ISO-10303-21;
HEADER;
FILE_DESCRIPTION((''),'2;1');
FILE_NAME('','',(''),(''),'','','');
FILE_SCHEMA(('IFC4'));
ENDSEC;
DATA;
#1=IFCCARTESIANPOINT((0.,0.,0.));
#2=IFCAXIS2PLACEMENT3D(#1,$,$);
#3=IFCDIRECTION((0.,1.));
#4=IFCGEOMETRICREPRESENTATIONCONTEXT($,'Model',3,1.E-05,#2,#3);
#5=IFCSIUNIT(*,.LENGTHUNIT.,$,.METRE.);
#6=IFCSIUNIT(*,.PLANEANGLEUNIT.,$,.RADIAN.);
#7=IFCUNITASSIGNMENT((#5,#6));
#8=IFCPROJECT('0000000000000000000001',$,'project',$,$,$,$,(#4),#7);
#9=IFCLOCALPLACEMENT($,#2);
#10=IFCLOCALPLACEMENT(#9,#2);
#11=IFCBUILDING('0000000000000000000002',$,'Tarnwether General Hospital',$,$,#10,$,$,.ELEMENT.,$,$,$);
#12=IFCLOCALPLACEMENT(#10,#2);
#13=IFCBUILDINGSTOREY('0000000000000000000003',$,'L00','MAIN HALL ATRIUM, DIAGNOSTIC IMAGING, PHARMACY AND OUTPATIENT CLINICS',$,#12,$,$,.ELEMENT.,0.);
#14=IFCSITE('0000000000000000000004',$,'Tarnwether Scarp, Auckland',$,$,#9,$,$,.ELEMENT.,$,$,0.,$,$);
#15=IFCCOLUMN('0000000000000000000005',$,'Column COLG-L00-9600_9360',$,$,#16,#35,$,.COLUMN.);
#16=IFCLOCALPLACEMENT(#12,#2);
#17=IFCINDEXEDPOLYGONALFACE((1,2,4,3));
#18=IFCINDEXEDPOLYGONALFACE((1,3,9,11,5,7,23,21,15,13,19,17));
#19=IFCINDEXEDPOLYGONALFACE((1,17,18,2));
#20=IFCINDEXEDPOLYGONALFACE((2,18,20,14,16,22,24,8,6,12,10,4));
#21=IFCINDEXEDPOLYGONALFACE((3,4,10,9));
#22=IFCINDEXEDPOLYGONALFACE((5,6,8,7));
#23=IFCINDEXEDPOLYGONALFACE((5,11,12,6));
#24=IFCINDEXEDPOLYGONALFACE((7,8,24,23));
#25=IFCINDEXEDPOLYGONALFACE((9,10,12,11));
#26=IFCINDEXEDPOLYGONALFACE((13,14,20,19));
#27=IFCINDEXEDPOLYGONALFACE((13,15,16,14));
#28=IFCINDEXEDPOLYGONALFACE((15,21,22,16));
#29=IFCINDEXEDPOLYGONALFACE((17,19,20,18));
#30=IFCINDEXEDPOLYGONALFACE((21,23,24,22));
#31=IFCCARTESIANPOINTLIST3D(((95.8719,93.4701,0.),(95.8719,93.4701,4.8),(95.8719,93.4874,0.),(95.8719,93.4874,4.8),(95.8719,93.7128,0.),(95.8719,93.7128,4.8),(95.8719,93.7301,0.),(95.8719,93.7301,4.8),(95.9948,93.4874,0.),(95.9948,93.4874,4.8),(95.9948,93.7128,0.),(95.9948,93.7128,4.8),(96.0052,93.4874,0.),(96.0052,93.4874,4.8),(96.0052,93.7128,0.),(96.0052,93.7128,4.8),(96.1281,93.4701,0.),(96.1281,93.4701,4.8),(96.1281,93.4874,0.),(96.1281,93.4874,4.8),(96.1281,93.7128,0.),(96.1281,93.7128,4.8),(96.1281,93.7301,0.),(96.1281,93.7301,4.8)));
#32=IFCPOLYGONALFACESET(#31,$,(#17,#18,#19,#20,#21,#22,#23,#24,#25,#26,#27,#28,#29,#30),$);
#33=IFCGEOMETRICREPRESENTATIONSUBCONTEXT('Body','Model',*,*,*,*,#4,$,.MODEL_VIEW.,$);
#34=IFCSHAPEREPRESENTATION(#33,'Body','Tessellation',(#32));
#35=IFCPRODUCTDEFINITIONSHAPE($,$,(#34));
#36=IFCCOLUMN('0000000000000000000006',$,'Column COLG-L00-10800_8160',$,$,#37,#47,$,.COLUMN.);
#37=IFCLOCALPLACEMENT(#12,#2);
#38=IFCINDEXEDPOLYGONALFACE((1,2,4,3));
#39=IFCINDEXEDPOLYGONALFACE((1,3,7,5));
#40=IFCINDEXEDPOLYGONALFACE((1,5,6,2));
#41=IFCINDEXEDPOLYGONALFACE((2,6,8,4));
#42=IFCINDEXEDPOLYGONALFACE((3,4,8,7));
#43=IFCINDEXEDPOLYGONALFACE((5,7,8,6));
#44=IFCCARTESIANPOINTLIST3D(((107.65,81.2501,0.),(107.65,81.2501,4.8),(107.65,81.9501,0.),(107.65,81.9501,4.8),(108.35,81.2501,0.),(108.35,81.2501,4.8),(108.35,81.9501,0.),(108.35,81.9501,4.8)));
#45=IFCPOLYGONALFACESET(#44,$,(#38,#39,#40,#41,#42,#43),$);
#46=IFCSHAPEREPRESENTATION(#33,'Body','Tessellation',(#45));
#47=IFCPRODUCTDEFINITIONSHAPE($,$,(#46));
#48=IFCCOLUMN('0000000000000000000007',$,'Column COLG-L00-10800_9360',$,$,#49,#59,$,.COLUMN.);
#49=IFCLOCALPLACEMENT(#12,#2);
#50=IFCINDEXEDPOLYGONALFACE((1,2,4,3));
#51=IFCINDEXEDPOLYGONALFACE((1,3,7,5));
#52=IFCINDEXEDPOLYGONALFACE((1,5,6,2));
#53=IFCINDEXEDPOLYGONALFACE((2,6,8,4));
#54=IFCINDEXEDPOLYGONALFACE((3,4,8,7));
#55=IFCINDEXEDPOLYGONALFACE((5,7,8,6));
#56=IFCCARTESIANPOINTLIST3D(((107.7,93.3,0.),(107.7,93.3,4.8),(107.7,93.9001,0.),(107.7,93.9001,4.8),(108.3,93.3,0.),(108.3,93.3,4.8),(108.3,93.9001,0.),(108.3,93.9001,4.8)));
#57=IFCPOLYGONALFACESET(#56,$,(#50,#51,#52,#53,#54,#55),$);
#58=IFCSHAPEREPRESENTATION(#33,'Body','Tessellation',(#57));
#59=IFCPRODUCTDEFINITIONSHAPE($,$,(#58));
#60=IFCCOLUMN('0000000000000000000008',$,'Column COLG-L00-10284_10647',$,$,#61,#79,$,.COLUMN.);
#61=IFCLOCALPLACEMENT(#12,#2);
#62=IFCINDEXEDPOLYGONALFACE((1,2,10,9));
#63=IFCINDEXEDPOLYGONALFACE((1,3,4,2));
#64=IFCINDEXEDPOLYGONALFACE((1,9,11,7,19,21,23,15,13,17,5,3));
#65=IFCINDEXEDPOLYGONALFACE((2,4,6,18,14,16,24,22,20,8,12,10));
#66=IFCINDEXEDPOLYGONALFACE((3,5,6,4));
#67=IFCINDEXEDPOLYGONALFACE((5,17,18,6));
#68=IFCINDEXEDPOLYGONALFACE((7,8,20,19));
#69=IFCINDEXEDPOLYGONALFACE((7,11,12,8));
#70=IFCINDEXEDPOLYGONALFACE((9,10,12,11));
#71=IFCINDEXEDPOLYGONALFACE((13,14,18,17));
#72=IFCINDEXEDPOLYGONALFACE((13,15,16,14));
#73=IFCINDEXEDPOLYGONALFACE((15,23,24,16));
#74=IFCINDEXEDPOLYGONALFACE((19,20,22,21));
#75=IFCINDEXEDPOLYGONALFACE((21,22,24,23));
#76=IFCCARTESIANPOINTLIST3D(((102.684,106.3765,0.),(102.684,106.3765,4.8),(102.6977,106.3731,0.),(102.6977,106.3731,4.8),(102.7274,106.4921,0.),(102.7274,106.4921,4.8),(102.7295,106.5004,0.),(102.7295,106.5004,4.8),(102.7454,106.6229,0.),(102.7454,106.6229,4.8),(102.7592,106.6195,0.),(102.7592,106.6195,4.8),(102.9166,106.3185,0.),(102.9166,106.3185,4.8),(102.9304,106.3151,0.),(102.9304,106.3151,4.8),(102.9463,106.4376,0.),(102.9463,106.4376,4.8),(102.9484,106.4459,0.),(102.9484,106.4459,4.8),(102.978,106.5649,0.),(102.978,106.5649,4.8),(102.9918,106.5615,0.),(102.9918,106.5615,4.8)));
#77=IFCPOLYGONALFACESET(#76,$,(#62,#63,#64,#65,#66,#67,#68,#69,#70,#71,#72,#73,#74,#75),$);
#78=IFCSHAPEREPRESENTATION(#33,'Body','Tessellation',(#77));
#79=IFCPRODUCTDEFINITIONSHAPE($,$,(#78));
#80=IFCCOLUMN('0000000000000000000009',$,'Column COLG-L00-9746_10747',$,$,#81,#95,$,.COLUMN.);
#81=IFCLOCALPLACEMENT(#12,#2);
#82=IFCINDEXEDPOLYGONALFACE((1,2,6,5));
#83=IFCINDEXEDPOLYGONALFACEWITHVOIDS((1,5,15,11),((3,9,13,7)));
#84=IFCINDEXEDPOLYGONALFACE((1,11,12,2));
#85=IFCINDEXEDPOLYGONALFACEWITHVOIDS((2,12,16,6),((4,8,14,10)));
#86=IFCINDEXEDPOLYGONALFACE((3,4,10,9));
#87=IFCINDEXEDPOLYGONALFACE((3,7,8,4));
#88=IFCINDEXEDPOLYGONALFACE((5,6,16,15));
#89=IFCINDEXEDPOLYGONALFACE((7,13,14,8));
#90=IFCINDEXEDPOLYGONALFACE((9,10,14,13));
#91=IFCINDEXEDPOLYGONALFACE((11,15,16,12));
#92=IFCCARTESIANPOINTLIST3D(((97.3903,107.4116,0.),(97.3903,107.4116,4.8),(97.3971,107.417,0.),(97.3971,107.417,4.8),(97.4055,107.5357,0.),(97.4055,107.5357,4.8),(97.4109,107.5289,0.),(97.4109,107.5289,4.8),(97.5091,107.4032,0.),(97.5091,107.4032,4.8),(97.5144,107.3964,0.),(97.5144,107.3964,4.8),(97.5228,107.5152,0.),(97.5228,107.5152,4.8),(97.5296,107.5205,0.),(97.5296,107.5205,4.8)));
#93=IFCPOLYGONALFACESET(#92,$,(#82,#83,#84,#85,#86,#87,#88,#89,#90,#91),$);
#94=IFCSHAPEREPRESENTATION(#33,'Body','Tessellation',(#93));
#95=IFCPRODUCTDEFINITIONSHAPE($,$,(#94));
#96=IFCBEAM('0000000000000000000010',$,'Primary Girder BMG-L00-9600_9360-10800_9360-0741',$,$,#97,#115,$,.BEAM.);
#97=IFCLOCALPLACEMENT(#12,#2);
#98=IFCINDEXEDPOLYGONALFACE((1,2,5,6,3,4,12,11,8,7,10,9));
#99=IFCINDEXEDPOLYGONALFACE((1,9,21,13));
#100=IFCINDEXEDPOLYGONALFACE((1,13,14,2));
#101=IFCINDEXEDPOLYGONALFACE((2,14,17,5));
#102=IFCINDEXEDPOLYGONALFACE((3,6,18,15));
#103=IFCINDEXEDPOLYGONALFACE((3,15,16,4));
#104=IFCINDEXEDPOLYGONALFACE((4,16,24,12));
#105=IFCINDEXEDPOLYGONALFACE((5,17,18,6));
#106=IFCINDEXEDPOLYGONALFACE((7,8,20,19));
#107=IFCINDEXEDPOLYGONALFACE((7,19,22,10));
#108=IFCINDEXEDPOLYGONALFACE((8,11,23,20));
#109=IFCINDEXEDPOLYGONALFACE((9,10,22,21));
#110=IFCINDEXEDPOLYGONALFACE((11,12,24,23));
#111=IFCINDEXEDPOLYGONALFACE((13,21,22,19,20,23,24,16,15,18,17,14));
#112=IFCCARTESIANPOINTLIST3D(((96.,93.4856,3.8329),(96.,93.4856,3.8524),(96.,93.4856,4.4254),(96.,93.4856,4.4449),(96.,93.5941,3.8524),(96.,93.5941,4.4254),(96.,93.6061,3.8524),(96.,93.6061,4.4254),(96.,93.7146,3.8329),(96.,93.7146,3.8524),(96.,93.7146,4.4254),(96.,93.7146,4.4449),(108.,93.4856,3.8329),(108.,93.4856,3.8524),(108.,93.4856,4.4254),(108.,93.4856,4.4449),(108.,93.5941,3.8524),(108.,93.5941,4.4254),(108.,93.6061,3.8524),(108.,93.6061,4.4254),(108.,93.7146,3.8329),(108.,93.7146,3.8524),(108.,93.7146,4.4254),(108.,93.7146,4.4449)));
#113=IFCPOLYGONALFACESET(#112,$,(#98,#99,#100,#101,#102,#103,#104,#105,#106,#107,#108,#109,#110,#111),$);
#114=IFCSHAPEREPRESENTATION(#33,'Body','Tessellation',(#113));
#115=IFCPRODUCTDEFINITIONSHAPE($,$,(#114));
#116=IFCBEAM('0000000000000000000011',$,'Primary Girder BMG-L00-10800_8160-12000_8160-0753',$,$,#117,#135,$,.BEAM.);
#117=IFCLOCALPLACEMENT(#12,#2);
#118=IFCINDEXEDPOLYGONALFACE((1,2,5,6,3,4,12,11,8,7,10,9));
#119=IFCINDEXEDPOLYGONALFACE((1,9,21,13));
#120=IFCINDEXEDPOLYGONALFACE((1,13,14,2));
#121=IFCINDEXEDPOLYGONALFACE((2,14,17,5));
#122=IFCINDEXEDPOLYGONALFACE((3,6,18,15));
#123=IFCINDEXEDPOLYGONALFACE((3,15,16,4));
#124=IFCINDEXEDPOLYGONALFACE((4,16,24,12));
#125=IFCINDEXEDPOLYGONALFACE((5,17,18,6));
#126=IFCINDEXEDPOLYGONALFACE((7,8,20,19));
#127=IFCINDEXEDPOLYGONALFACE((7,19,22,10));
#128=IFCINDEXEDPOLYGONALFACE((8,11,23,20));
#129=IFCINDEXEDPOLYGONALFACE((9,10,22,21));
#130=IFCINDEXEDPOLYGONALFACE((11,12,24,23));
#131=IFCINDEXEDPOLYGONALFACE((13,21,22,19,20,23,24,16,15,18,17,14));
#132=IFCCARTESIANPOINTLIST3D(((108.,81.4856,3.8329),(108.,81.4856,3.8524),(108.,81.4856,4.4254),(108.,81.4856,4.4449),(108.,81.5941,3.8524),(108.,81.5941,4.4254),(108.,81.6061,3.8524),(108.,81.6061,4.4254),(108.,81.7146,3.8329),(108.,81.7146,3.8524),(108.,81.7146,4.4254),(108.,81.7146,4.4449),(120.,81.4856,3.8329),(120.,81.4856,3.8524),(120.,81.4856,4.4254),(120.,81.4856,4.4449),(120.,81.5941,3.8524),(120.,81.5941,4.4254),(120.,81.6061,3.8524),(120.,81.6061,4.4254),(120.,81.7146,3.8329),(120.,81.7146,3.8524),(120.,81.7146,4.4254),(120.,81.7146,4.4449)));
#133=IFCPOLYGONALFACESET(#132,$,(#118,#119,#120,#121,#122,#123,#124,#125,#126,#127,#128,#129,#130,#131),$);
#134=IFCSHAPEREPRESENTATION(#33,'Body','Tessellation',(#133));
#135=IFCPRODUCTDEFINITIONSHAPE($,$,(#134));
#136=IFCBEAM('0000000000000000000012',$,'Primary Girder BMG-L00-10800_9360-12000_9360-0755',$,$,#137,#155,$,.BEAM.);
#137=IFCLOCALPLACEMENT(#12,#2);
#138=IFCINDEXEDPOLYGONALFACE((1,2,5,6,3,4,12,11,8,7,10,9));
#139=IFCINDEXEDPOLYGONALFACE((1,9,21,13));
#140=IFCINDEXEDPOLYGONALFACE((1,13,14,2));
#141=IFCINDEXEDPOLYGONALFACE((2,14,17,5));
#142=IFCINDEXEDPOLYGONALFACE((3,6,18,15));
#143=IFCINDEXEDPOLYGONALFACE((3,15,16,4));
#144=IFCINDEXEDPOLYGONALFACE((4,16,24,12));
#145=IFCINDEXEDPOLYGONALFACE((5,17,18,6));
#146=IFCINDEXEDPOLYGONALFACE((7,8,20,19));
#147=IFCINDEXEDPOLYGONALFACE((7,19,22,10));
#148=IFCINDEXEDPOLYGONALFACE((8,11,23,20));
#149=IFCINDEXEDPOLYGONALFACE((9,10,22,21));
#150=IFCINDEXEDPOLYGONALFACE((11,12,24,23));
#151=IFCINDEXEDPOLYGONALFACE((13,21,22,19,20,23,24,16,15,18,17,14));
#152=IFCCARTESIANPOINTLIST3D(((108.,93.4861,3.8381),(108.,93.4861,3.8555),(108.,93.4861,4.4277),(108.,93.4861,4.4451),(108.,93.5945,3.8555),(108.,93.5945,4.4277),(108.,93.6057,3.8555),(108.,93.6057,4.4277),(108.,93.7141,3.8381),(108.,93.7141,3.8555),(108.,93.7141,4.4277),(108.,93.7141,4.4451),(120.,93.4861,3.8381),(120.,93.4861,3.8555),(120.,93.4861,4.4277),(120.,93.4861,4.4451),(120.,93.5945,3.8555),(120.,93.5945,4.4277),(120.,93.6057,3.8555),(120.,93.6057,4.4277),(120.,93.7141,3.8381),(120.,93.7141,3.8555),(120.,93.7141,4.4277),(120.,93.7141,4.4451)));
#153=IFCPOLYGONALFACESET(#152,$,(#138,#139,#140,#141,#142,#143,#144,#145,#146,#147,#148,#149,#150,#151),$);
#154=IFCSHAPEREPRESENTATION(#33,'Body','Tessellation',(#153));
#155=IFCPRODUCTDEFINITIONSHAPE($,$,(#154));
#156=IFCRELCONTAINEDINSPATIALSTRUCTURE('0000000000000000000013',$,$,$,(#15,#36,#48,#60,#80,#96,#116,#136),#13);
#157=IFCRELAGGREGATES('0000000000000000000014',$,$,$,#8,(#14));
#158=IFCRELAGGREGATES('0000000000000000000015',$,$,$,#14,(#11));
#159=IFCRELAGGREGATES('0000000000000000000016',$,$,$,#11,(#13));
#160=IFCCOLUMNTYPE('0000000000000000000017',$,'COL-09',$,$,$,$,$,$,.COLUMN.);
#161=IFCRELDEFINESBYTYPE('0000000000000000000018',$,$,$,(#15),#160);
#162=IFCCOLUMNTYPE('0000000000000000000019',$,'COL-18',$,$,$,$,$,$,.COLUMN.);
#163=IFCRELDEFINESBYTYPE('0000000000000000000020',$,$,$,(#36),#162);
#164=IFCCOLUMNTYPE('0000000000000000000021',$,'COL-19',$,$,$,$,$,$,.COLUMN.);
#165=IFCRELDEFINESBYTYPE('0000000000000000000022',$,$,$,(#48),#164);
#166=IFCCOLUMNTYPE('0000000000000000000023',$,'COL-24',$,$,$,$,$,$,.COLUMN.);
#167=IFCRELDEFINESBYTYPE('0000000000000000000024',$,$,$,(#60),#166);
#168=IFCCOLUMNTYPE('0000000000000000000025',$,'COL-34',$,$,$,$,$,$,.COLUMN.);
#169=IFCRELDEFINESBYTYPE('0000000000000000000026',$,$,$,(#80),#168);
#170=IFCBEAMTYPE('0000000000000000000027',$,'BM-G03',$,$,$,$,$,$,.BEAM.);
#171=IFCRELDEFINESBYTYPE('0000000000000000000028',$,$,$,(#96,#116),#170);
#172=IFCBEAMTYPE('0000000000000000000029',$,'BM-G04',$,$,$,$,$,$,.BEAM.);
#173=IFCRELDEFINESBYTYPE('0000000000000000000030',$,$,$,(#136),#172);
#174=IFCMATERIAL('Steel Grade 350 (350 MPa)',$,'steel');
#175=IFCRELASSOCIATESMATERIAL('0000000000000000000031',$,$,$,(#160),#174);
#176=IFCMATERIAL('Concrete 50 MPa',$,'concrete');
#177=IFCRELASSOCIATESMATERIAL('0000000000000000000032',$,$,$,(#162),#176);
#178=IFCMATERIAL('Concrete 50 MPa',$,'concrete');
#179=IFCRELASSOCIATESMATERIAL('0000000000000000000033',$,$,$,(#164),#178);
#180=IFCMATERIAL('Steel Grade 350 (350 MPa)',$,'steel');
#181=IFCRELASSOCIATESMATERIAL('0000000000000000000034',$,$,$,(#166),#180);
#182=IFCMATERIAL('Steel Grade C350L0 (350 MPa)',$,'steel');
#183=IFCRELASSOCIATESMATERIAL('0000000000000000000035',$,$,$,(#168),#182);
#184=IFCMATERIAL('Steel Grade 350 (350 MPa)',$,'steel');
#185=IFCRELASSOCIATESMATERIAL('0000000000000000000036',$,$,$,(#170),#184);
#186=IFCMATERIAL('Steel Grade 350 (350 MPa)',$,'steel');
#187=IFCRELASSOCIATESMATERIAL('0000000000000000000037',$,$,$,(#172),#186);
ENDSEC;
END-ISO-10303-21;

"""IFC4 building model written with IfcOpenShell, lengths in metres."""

from ifc_helpers import new_model, si_unit, direction, frame, origin, origin_2d, place, context, subcontext, project, spatial, rectangle, hollow_rectangle, i_section, extrude, material, material_profile, profile_set, type_object, element, save


model = new_model("IFC4")

# Units and contexts
model_context = context("Model", 3, precision=1e-05, world=origin(), true_north=direction((0.0, 1.0)))
body_context = subcontext(model_context, "Body", "Model", "MODEL_VIEW")
ifc_project = project(units=[si_unit("LENGTHUNIT", "METRE"), si_unit("PLANEANGLEUNIT", "RADIAN")], contexts=[model_context])

# Site, building, storey
site_placement = place(None, origin())
site = spatial("IfcSite", under=ifc_project, at=site_placement, Name="Tarnwether Scarp, Auckland", CompositionType="ELEMENT", RefElevation=0.0)
building_placement = place(site_placement, origin())
building = spatial("IfcBuilding", under=site, at=building_placement, Name="Tarnwether General Hospital", CompositionType="ELEMENT")
storey_placement = place(building_placement, origin())
storey = spatial("IfcBuildingStorey", under=building, at=storey_placement, Name="L00", Description="MAIN HALL ATRIUM, DIAGNOSTIC IMAGING, PHARMACY AND OUTPATIENT CLINICS", CompositionType="ELEMENT", Elevation=0.0)

# Columns
ifc_material_1 = material(Name="Steel Grade 350 (350 MPa)", Category="steel")
ifc_material_profile_1 = material_profile(ifc_material_1, i_section(OverallWidth=0.2561, OverallDepth=0.26, WebThickness=0.0105, FlangeThickness=0.0173, at=origin_2d()), Name="250UC89.5")
ifc_profile_set_1 = profile_set([ifc_material_profile_1], Name="Steel Grade 350 (350 MPa)")
column_type_1 = type_object("IfcColumnType", Name="COL-09", PredefinedType="COLUMN", material=ifc_profile_set_1)
column_1_placement = place(storey_placement, frame((96.0, 93.6001, 0.0), z_axis=(0.0, 0.0, 1.0), x_axis=(1.0, 0.0, 0.0)))
element("IfcColumn", 1, at=column_1_placement, inside=storey, type_object=column_type_1, Name="Column COLG-L00-9600_9360", PredefinedType="COLUMN", context=body_context, shape_type="SweptSolid", body=[
    extrude(i_section(OverallWidth=0.2561, OverallDepth=0.26, WebThickness=0.0105, FlangeThickness=0.0173, at=origin_2d()), origin(), (0.0, 0.0, 1.0), 4.8),
])
ifc_material_2 = material(Name="Concrete 50 MPa", Category="concrete")
ifc_material_profile_2 = material_profile(ifc_material_2, rectangle(XDim=0.7, YDim=0.7, at=origin_2d()), Name="RC-COL-700x700")
ifc_profile_set_2 = profile_set([ifc_material_profile_2], Name="Concrete 50 MPa")
column_type_2 = type_object("IfcColumnType", Name="COL-18", PredefinedType="COLUMN", material=ifc_profile_set_2)
column_2_placement = place(storey_placement, frame((108.0, 81.6001, 0.0), z_axis=(0.0, 0.0, 1.0), x_axis=(0.0, 1.0, 0.0)))
element("IfcColumn", 2, at=column_2_placement, inside=storey, type_object=column_type_2, Name="Column COLG-L00-10800_8160", PredefinedType="COLUMN", context=body_context, shape_type="SweptSolid", body=[
    extrude(rectangle(XDim=0.7, YDim=0.7, at=origin_2d()), origin(), (0.0, 0.0, 1.0), 4.8),
])
ifc_material_3 = material(Name="Concrete 50 MPa", Category="concrete")
ifc_material_profile_3 = material_profile(ifc_material_3, rectangle(XDim=0.6001, YDim=0.6001, at=origin_2d()), Name="RC-COL-600x600")
ifc_profile_set_3 = profile_set([ifc_material_profile_3], Name="Concrete 50 MPa")
column_type_3 = type_object("IfcColumnType", Name="COL-19", PredefinedType="COLUMN", material=ifc_profile_set_3)
column_3_placement = place(storey_placement, frame((108.0, 93.6001, 0.0), z_axis=(0.0, 0.0, 1.0), x_axis=(0.0, 1.0, 0.0)))
element("IfcColumn", 3, at=column_3_placement, inside=storey, type_object=column_type_3, Name="Column COLG-L00-10800_9360", PredefinedType="COLUMN", context=body_context, shape_type="SweptSolid", body=[
    extrude(rectangle(XDim=0.6001, YDim=0.6001, at=origin_2d()), origin(), (0.0, 0.0, 1.0), 4.8),
])
ifc_material_4 = material(Name="Steel Grade 350 (350 MPa)", Category="steel")
ifc_material_profile_4 = material_profile(ifc_material_4, i_section(OverallWidth=0.2539, OverallDepth=0.2539, WebThickness=0.0085, FlangeThickness=0.0142, at=origin_2d()), Name="250UC72.9")
ifc_profile_set_4 = profile_set([ifc_material_profile_4], Name="Steel Grade 350 (350 MPa)")
column_type_4 = type_object("IfcColumnType", Name="COL-24", PredefinedType="COLUMN", material=ifc_profile_set_4)
column_4_placement = place(storey_placement, frame((102.8379, 106.469, 0.0), z_axis=(0.0, 0.0, 1.0), x_axis=(0.241922, 0.970296, 0.0)))
element("IfcColumn", 4, at=column_4_placement, inside=storey, type_object=column_type_4, Name="Column COLG-L00-10284_10647", PredefinedType="COLUMN", context=body_context, shape_type="SweptSolid", body=[
    extrude(i_section(OverallWidth=0.2539, OverallDepth=0.2539, WebThickness=0.0085, FlangeThickness=0.0142, at=origin_2d()), origin(), (0.0, 0.0, 1.0), 4.8),
])
ifc_material_5 = material(Name="Steel Grade C350L0 (350 MPa)", Category="steel")
ifc_material_profile_5 = material_profile(ifc_material_5, hollow_rectangle(XDim=0.125, YDim=0.125, WallThickness=0.0061, at=origin_2d()), Name="SHS125x125x6")
ifc_profile_set_5 = profile_set([ifc_material_profile_5], Name="Steel Grade C350L0 (350 MPa)")
column_type_5 = type_object("IfcColumnType", Name="COL-34", PredefinedType="COLUMN", material=ifc_profile_set_5)
column_5_placement = place(storey_placement, frame((97.46, 107.4661, 0.0), z_axis=(0.0, 0.0, 1.0), x_axis=(0.121869, 0.992546, 0.0)))
element("IfcColumn", 5, at=column_5_placement, inside=storey, type_object=column_type_5, Name="Column COLG-L00-9746_10747", PredefinedType="COLUMN", context=body_context, shape_type="SweptSolid", body=[
    extrude(hollow_rectangle(XDim=0.125, YDim=0.125, WallThickness=0.0061, at=origin_2d()), origin(), (0.0, 0.0, 1.0), 4.8),
])

# Beams
ifc_material_6 = material(Name="Steel Grade 350 (350 MPa)", Category="steel")
ifc_material_profile_6 = material_profile(ifc_material_6, i_section(OverallWidth=0.229, OverallDepth=0.6121, WebThickness=0.012, FlangeThickness=0.0195, at=origin_2d()), Name="610UB125")
ifc_profile_set_6 = profile_set([ifc_material_profile_6], Name="Steel Grade 350 (350 MPa)")
beam_type_1 = type_object("IfcBeamType", Name="BM-G03", PredefinedType="BEAM", material=ifc_profile_set_6)
for number, where, z_axis, x_axis, name in (
    (6, (96.0, 93.6001, 4.1389), (1.0, 0.0, 0.0), (0.0, 1.0, 0.0), "Primary Girder BMG-L00-9600_9360-10800_9360-0741"),
    (7, (108.0, 81.6001, 4.1389), (1.0, 0.0, 0.0), (0.0, 1.0, 0.0), "Primary Girder BMG-L00-10800_8160-12000_8160-0753"),
):
    element("IfcBeam", number, at=place(storey_placement, frame(where, z_axis=z_axis, x_axis=x_axis)), inside=storey, type_object=beam_type_1, Name=name, PredefinedType="BEAM", context=body_context, shape_type="SweptSolid", body=[
        extrude(i_section(OverallWidth=0.229, OverallDepth=0.6121, WebThickness=0.012, FlangeThickness=0.0195, at=origin_2d()), origin(), (0.0, 0.0, 1.0), 12.0),
    ])
ifc_material_7 = material(Name="Steel Grade 350 (350 MPa)", Category="steel")
ifc_material_profile_7 = material_profile(ifc_material_7, i_section(OverallWidth=0.228, OverallDepth=0.6069, WebThickness=0.0112, FlangeThickness=0.0173, at=origin_2d()), Name="610UB113")
ifc_profile_set_7 = profile_set([ifc_material_profile_7], Name="Steel Grade 350 (350 MPa)")
beam_type_2 = type_object("IfcBeamType", Name="BM-G04", PredefinedType="BEAM", material=ifc_profile_set_7)
beam_1_placement = place(storey_placement, frame((108.0, 93.6001, 4.1416), z_axis=(1.0, 0.0, 0.0), x_axis=(0.0, 1.0, 0.0)))
element("IfcBeam", 8, at=beam_1_placement, inside=storey, type_object=beam_type_2, Name="Primary Girder BMG-L00-10800_9360-12000_9360-0755", PredefinedType="BEAM", context=body_context, shape_type="SweptSolid", body=[
    extrude(i_section(OverallWidth=0.228, OverallDepth=0.6069, WebThickness=0.0112, FlangeThickness=0.0173, at=origin_2d()), origin(), (0.0, 0.0, 1.0), 12.0),
])

save(model, "model.ifc")
